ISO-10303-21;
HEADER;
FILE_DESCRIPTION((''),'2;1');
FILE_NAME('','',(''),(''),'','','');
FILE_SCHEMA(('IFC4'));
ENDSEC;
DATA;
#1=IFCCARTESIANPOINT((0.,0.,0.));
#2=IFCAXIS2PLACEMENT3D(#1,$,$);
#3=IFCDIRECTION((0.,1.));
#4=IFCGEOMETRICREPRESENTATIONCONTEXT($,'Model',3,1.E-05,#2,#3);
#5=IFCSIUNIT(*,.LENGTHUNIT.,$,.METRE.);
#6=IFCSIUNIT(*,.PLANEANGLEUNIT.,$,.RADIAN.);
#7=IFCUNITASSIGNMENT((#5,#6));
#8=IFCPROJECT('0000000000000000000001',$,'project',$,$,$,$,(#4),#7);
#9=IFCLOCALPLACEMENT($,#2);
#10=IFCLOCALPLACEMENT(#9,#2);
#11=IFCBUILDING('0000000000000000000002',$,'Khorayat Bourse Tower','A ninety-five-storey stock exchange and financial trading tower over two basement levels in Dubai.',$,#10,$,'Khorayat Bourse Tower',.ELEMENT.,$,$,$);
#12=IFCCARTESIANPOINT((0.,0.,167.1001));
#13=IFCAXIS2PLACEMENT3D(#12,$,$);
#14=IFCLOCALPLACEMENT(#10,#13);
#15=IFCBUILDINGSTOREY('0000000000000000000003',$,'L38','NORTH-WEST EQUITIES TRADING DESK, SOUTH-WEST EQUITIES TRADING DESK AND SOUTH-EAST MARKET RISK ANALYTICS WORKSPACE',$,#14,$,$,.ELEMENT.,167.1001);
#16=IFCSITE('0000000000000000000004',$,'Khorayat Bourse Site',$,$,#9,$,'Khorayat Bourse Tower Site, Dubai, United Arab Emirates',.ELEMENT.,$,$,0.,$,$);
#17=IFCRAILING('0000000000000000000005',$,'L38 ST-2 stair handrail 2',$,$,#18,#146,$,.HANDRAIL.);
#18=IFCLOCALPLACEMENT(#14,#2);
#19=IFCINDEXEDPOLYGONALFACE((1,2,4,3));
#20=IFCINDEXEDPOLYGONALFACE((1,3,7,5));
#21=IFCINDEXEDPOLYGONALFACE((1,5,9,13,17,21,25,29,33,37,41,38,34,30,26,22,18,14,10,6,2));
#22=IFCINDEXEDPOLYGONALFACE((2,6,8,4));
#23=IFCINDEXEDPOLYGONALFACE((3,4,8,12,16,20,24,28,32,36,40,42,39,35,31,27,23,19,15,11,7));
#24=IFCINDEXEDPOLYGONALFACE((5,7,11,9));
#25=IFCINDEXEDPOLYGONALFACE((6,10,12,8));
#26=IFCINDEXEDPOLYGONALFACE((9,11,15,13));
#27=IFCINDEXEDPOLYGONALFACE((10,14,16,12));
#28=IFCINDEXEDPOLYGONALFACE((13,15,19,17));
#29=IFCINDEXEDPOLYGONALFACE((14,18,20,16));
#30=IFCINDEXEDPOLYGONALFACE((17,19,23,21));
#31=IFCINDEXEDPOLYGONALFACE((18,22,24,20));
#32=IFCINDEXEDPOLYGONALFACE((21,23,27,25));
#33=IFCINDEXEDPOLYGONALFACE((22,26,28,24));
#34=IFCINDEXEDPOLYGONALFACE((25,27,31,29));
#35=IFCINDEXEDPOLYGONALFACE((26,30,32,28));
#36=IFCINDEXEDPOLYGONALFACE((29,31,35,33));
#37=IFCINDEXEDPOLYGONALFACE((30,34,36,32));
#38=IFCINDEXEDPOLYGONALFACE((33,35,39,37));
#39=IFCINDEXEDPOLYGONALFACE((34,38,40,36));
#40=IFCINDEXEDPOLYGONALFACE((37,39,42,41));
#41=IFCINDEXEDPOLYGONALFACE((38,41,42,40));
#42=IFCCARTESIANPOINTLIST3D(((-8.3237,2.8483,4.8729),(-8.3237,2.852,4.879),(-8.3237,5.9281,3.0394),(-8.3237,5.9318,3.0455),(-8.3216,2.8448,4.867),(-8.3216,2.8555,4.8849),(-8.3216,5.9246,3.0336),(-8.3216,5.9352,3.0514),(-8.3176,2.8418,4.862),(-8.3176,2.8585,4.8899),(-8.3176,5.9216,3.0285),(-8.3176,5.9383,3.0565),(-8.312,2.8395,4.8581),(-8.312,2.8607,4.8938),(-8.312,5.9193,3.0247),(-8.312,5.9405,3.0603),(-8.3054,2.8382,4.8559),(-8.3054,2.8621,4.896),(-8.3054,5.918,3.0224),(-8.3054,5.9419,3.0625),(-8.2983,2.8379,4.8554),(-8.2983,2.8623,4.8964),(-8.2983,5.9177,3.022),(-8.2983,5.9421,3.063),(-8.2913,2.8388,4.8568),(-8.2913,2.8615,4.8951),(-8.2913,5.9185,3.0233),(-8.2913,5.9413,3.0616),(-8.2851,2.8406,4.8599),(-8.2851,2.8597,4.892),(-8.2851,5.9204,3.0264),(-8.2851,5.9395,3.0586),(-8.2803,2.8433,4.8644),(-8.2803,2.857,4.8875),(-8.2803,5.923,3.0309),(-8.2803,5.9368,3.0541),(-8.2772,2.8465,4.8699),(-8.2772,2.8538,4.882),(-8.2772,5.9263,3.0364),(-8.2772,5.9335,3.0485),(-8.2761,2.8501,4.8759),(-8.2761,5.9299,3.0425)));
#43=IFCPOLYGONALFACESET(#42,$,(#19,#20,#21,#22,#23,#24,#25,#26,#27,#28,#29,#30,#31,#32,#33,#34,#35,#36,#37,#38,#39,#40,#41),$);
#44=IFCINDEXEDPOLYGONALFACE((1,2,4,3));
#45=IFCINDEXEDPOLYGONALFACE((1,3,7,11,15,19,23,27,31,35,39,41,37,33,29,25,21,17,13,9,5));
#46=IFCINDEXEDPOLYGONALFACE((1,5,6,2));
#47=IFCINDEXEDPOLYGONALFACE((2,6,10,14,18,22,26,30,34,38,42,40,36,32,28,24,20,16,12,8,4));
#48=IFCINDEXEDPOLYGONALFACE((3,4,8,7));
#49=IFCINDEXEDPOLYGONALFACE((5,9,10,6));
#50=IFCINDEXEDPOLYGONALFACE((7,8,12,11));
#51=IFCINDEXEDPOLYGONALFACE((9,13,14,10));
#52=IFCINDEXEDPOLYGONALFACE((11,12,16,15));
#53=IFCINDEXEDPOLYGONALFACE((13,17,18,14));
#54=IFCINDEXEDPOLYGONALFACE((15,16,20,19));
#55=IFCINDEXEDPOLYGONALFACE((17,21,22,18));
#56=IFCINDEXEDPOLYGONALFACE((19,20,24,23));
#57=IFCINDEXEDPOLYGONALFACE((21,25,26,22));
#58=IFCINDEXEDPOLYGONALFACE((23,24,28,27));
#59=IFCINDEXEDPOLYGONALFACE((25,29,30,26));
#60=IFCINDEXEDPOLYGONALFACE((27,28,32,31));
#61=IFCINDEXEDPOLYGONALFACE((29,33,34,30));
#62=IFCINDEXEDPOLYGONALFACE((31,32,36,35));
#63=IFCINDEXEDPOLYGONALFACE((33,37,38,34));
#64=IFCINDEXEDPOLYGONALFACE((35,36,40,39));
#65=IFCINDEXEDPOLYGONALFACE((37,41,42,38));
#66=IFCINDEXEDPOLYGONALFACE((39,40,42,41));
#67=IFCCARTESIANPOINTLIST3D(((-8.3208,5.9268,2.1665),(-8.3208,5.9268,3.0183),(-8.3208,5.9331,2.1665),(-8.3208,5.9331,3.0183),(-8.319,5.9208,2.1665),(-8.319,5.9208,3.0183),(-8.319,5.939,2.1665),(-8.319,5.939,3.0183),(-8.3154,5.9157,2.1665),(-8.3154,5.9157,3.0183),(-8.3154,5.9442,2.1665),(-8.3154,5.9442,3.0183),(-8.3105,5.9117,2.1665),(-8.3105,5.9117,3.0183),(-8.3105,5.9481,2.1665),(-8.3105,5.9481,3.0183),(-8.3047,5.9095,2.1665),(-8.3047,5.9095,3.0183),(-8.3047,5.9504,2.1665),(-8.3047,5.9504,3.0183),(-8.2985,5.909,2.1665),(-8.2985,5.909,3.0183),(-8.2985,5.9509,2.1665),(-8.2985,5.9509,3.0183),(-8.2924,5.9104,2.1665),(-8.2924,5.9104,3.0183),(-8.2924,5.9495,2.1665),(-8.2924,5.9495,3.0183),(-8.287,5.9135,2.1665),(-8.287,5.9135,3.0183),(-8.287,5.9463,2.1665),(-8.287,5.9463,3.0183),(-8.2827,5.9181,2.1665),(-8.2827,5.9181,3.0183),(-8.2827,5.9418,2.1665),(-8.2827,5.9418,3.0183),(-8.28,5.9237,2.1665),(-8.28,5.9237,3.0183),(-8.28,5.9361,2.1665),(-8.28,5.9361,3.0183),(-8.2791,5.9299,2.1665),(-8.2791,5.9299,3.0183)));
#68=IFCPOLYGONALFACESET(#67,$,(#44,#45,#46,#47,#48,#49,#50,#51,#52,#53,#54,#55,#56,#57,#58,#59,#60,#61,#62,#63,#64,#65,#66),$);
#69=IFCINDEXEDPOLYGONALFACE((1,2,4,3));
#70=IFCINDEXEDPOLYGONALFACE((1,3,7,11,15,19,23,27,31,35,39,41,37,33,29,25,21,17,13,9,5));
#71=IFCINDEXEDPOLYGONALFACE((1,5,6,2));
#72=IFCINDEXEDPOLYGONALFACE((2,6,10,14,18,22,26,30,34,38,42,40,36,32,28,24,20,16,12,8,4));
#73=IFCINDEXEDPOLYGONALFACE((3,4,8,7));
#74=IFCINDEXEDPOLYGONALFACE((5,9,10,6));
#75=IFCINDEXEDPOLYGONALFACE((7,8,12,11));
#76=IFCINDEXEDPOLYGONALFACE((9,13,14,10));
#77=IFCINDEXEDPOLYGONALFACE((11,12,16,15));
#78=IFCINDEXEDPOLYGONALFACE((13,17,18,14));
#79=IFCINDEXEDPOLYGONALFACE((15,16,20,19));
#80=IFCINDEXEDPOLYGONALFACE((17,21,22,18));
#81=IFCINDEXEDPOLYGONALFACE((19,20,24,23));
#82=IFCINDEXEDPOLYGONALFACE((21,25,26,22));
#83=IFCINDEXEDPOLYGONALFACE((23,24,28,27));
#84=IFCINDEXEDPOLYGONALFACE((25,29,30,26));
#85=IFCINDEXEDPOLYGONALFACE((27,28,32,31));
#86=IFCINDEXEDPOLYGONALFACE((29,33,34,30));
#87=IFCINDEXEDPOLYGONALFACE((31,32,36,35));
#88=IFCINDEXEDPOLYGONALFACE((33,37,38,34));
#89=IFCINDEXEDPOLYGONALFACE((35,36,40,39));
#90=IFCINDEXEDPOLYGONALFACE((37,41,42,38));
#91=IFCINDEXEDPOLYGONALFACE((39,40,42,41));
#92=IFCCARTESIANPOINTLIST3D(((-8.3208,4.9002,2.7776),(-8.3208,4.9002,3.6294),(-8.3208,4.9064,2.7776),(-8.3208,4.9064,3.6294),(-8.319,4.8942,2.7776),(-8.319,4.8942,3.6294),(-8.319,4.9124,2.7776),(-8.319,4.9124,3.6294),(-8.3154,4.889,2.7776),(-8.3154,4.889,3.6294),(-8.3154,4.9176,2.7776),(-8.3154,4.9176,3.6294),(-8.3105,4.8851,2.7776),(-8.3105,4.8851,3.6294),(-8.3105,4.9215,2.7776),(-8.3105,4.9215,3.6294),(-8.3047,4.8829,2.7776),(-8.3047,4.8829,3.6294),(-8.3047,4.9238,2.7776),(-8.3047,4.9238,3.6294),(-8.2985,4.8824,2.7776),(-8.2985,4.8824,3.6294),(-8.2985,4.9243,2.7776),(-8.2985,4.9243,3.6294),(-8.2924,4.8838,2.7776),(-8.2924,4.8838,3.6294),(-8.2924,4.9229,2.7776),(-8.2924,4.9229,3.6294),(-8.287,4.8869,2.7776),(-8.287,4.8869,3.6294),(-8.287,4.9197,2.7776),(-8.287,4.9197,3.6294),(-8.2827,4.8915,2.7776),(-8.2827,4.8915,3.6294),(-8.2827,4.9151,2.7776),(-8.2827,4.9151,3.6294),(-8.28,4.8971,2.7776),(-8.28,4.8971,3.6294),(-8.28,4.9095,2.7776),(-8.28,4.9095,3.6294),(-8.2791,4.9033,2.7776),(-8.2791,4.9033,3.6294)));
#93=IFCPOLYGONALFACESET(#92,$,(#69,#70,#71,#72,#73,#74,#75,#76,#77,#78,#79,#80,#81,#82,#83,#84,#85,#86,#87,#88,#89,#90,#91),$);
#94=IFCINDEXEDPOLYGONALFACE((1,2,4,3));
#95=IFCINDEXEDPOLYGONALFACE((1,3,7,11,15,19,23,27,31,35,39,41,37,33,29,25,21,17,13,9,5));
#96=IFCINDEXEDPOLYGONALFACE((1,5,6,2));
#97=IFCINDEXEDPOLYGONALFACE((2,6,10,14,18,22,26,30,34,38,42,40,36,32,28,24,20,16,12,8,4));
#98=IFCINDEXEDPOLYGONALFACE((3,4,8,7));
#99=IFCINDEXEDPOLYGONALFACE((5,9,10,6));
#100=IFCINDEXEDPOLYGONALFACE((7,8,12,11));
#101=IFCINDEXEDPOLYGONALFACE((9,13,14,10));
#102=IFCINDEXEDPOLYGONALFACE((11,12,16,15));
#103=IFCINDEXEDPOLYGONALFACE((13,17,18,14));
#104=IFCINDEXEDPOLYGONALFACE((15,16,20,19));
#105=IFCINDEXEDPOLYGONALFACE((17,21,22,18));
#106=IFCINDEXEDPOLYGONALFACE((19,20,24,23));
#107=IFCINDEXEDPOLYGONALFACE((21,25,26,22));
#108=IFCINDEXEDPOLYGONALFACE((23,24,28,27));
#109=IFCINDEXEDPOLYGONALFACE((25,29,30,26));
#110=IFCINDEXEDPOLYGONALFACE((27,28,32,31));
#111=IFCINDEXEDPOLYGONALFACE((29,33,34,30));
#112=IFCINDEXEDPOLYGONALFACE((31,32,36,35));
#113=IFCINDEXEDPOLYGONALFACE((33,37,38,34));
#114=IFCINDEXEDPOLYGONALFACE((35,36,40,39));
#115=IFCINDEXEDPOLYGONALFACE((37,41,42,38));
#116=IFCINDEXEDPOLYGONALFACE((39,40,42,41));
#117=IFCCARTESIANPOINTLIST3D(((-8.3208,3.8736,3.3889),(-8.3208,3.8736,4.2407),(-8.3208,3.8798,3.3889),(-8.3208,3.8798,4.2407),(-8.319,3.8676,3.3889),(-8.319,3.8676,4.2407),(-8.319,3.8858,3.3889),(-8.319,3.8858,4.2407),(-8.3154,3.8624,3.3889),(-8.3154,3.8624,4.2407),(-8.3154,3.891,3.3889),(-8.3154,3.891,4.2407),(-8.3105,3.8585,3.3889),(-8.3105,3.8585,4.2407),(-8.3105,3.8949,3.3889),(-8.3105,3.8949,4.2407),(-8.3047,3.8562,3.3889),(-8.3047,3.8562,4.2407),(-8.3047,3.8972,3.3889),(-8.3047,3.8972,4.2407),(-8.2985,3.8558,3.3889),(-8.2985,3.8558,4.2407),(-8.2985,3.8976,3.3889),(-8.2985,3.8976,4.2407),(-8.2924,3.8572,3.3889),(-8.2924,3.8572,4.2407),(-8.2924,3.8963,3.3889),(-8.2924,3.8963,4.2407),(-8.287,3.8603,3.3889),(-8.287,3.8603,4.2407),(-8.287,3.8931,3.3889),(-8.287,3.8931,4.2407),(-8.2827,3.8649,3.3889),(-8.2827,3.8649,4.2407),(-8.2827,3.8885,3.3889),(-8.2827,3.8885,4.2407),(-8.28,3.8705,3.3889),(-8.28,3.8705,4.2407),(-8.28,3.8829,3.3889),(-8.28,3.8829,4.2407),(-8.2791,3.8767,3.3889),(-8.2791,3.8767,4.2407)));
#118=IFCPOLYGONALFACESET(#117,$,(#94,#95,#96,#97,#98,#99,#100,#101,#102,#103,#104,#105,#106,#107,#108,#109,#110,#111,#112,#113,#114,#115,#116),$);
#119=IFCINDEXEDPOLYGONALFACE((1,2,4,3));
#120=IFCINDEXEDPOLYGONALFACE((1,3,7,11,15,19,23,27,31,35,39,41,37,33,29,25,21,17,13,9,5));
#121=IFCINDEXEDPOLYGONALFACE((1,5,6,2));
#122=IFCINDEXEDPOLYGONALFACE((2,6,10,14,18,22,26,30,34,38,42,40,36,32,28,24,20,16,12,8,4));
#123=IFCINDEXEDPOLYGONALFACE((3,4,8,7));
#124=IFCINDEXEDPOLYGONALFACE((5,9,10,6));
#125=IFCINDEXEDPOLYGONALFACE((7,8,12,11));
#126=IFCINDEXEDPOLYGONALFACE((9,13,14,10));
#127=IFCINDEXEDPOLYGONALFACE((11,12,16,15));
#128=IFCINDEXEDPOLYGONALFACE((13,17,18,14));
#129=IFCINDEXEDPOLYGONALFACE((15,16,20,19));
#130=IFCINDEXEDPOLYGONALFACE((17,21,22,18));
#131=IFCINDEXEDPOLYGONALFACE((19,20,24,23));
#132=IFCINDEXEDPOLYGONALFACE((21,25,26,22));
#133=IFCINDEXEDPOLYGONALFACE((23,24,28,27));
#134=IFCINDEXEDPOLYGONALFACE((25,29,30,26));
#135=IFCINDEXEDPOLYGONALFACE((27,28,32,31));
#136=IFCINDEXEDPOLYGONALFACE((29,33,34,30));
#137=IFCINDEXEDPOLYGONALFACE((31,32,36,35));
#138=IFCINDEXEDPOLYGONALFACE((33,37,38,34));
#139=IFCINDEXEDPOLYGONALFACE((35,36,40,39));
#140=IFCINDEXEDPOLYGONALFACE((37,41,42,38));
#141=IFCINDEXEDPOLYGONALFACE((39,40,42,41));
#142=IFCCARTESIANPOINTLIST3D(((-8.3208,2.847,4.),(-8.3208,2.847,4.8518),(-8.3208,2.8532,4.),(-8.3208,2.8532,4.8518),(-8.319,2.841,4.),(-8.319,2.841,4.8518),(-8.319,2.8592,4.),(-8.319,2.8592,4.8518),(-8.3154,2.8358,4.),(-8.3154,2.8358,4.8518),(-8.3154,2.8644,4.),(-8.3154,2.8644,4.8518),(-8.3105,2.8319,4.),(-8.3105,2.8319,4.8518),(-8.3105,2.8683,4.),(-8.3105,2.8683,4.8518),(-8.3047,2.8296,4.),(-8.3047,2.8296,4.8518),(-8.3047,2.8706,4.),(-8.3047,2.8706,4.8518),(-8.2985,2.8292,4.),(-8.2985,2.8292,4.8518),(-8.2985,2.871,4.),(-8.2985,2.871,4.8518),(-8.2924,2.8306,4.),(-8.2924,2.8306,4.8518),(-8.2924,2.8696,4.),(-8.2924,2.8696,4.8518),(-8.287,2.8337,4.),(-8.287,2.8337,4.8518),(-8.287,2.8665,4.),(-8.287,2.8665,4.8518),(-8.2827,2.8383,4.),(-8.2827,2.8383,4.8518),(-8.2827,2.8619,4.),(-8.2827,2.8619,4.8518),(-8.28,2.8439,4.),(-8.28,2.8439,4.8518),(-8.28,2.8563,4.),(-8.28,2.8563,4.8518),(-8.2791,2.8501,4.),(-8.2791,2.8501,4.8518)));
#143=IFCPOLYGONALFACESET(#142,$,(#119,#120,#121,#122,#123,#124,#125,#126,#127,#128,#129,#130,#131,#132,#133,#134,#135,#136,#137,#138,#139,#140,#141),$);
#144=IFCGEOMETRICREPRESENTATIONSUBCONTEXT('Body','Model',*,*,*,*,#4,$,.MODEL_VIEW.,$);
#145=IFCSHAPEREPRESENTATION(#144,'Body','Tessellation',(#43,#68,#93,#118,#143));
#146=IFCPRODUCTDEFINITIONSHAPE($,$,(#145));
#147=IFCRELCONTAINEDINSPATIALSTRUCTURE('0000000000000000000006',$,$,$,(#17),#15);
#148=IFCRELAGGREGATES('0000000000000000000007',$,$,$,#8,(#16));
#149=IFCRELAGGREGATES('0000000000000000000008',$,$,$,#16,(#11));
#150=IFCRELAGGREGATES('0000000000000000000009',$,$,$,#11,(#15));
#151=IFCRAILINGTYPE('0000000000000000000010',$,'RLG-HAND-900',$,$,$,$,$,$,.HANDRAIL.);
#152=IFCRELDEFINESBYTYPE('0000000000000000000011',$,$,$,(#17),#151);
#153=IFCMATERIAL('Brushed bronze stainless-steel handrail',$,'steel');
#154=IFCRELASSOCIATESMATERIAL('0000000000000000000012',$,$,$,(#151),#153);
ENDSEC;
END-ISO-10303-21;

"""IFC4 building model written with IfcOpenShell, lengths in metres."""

from ifc_helpers import new_model, si_unit, direction, frame, origin, origin_2d, place, context, subcontext, project, spatial, circle, extrude, source, transform, mapped, material, type_object, element, save


model = new_model("IFC4")

# Units and contexts
model_context = context("Model", 3, precision=1e-05, world=origin(), true_north=direction((0.0, 1.0)))
body_context = subcontext(model_context, "Body", "Model", "MODEL_VIEW")
ifc_project = project(units=[si_unit("LENGTHUNIT", "METRE"), si_unit("PLANEANGLEUNIT", "RADIAN")], contexts=[model_context])

# Site, building, storey
site_placement = place(None, origin())
site = spatial("IfcSite", under=ifc_project, at=site_placement, Name="Khorayat Bourse Site", LongName="Khorayat Bourse Tower Site, Dubai, United Arab Emirates", CompositionType="ELEMENT", RefElevation=0.0)
building_placement = place(site_placement, origin())
building = spatial("IfcBuilding", under=site, at=building_placement, Name="Khorayat Bourse Tower", Description="A ninety-five-storey stock exchange and financial trading tower over two basement levels in Dubai.", LongName="Khorayat Bourse Tower", CompositionType="ELEMENT")
storey_placement = place(building_placement, frame((0.0, 0.0, 167.1001)))
storey = spatial("IfcBuildingStorey", under=building, at=storey_placement, Name="L38", Description="NORTH-WEST EQUITIES TRADING DESK, SOUTH-WEST EQUITIES TRADING DESK AND SOUTH-EAST MARKET RISK ANALYTICS WORKSPACE", CompositionType="ELEMENT", Elevation=167.1001)

# Railing
ifc_material_1 = material(Name="Brushed bronze stainless-steel handrail", Category="steel")
railing_type_1 = type_object("IfcRailingType", Name="RLG-HAND-900", PredefinedType="HANDRAIL", material=ifc_material_1)
shared_shape_1 = source(origin(), body_context, "Body", "SweptSolid", [
    extrude(circle(Radius=0.0239, at=origin_2d()), frame((0.0, 0.0, 0.876), z_axis=(0.0, -0.859261, 0.511538), x_axis=(1.0, 0.0, 0.0)), (0.0, 0.0, 1.0), 3.5842),
    extrude(circle(Radius=0.021, at=origin_2d()), origin(), (0.0, 0.0, 1.0), 0.8518),
    extrude(circle(Radius=0.021, at=origin_2d()), frame((0.0, -1.0266, 0.6111)), (0.0, 0.0, 1.0), 0.8518),
    extrude(circle(Radius=0.021, at=origin_2d()), frame((0.0, -2.0532, 1.2224)), (0.0, 0.0, 1.0), 0.8518),
    extrude(circle(Radius=0.021, at=origin_2d()), frame((0.0, -3.0798, 1.8335)), (0.0, 0.0, 1.0), 0.8518),
])
railing_1_placement = place(storey_placement, frame((-8.3, 5.9299, 2.1665)))
element("IfcRailing", 1, at=railing_1_placement, inside=storey, type_object=railing_type_1, Name="L38 ST-2 stair handrail 2", PredefinedType="HANDRAIL", context=body_context, shape_type="MappedRepresentation", body=[
    mapped(shared_shape_1, transform((0.0, 0.0, 0.0), scale=1.0)),
])

save(model, "model.ifc")
